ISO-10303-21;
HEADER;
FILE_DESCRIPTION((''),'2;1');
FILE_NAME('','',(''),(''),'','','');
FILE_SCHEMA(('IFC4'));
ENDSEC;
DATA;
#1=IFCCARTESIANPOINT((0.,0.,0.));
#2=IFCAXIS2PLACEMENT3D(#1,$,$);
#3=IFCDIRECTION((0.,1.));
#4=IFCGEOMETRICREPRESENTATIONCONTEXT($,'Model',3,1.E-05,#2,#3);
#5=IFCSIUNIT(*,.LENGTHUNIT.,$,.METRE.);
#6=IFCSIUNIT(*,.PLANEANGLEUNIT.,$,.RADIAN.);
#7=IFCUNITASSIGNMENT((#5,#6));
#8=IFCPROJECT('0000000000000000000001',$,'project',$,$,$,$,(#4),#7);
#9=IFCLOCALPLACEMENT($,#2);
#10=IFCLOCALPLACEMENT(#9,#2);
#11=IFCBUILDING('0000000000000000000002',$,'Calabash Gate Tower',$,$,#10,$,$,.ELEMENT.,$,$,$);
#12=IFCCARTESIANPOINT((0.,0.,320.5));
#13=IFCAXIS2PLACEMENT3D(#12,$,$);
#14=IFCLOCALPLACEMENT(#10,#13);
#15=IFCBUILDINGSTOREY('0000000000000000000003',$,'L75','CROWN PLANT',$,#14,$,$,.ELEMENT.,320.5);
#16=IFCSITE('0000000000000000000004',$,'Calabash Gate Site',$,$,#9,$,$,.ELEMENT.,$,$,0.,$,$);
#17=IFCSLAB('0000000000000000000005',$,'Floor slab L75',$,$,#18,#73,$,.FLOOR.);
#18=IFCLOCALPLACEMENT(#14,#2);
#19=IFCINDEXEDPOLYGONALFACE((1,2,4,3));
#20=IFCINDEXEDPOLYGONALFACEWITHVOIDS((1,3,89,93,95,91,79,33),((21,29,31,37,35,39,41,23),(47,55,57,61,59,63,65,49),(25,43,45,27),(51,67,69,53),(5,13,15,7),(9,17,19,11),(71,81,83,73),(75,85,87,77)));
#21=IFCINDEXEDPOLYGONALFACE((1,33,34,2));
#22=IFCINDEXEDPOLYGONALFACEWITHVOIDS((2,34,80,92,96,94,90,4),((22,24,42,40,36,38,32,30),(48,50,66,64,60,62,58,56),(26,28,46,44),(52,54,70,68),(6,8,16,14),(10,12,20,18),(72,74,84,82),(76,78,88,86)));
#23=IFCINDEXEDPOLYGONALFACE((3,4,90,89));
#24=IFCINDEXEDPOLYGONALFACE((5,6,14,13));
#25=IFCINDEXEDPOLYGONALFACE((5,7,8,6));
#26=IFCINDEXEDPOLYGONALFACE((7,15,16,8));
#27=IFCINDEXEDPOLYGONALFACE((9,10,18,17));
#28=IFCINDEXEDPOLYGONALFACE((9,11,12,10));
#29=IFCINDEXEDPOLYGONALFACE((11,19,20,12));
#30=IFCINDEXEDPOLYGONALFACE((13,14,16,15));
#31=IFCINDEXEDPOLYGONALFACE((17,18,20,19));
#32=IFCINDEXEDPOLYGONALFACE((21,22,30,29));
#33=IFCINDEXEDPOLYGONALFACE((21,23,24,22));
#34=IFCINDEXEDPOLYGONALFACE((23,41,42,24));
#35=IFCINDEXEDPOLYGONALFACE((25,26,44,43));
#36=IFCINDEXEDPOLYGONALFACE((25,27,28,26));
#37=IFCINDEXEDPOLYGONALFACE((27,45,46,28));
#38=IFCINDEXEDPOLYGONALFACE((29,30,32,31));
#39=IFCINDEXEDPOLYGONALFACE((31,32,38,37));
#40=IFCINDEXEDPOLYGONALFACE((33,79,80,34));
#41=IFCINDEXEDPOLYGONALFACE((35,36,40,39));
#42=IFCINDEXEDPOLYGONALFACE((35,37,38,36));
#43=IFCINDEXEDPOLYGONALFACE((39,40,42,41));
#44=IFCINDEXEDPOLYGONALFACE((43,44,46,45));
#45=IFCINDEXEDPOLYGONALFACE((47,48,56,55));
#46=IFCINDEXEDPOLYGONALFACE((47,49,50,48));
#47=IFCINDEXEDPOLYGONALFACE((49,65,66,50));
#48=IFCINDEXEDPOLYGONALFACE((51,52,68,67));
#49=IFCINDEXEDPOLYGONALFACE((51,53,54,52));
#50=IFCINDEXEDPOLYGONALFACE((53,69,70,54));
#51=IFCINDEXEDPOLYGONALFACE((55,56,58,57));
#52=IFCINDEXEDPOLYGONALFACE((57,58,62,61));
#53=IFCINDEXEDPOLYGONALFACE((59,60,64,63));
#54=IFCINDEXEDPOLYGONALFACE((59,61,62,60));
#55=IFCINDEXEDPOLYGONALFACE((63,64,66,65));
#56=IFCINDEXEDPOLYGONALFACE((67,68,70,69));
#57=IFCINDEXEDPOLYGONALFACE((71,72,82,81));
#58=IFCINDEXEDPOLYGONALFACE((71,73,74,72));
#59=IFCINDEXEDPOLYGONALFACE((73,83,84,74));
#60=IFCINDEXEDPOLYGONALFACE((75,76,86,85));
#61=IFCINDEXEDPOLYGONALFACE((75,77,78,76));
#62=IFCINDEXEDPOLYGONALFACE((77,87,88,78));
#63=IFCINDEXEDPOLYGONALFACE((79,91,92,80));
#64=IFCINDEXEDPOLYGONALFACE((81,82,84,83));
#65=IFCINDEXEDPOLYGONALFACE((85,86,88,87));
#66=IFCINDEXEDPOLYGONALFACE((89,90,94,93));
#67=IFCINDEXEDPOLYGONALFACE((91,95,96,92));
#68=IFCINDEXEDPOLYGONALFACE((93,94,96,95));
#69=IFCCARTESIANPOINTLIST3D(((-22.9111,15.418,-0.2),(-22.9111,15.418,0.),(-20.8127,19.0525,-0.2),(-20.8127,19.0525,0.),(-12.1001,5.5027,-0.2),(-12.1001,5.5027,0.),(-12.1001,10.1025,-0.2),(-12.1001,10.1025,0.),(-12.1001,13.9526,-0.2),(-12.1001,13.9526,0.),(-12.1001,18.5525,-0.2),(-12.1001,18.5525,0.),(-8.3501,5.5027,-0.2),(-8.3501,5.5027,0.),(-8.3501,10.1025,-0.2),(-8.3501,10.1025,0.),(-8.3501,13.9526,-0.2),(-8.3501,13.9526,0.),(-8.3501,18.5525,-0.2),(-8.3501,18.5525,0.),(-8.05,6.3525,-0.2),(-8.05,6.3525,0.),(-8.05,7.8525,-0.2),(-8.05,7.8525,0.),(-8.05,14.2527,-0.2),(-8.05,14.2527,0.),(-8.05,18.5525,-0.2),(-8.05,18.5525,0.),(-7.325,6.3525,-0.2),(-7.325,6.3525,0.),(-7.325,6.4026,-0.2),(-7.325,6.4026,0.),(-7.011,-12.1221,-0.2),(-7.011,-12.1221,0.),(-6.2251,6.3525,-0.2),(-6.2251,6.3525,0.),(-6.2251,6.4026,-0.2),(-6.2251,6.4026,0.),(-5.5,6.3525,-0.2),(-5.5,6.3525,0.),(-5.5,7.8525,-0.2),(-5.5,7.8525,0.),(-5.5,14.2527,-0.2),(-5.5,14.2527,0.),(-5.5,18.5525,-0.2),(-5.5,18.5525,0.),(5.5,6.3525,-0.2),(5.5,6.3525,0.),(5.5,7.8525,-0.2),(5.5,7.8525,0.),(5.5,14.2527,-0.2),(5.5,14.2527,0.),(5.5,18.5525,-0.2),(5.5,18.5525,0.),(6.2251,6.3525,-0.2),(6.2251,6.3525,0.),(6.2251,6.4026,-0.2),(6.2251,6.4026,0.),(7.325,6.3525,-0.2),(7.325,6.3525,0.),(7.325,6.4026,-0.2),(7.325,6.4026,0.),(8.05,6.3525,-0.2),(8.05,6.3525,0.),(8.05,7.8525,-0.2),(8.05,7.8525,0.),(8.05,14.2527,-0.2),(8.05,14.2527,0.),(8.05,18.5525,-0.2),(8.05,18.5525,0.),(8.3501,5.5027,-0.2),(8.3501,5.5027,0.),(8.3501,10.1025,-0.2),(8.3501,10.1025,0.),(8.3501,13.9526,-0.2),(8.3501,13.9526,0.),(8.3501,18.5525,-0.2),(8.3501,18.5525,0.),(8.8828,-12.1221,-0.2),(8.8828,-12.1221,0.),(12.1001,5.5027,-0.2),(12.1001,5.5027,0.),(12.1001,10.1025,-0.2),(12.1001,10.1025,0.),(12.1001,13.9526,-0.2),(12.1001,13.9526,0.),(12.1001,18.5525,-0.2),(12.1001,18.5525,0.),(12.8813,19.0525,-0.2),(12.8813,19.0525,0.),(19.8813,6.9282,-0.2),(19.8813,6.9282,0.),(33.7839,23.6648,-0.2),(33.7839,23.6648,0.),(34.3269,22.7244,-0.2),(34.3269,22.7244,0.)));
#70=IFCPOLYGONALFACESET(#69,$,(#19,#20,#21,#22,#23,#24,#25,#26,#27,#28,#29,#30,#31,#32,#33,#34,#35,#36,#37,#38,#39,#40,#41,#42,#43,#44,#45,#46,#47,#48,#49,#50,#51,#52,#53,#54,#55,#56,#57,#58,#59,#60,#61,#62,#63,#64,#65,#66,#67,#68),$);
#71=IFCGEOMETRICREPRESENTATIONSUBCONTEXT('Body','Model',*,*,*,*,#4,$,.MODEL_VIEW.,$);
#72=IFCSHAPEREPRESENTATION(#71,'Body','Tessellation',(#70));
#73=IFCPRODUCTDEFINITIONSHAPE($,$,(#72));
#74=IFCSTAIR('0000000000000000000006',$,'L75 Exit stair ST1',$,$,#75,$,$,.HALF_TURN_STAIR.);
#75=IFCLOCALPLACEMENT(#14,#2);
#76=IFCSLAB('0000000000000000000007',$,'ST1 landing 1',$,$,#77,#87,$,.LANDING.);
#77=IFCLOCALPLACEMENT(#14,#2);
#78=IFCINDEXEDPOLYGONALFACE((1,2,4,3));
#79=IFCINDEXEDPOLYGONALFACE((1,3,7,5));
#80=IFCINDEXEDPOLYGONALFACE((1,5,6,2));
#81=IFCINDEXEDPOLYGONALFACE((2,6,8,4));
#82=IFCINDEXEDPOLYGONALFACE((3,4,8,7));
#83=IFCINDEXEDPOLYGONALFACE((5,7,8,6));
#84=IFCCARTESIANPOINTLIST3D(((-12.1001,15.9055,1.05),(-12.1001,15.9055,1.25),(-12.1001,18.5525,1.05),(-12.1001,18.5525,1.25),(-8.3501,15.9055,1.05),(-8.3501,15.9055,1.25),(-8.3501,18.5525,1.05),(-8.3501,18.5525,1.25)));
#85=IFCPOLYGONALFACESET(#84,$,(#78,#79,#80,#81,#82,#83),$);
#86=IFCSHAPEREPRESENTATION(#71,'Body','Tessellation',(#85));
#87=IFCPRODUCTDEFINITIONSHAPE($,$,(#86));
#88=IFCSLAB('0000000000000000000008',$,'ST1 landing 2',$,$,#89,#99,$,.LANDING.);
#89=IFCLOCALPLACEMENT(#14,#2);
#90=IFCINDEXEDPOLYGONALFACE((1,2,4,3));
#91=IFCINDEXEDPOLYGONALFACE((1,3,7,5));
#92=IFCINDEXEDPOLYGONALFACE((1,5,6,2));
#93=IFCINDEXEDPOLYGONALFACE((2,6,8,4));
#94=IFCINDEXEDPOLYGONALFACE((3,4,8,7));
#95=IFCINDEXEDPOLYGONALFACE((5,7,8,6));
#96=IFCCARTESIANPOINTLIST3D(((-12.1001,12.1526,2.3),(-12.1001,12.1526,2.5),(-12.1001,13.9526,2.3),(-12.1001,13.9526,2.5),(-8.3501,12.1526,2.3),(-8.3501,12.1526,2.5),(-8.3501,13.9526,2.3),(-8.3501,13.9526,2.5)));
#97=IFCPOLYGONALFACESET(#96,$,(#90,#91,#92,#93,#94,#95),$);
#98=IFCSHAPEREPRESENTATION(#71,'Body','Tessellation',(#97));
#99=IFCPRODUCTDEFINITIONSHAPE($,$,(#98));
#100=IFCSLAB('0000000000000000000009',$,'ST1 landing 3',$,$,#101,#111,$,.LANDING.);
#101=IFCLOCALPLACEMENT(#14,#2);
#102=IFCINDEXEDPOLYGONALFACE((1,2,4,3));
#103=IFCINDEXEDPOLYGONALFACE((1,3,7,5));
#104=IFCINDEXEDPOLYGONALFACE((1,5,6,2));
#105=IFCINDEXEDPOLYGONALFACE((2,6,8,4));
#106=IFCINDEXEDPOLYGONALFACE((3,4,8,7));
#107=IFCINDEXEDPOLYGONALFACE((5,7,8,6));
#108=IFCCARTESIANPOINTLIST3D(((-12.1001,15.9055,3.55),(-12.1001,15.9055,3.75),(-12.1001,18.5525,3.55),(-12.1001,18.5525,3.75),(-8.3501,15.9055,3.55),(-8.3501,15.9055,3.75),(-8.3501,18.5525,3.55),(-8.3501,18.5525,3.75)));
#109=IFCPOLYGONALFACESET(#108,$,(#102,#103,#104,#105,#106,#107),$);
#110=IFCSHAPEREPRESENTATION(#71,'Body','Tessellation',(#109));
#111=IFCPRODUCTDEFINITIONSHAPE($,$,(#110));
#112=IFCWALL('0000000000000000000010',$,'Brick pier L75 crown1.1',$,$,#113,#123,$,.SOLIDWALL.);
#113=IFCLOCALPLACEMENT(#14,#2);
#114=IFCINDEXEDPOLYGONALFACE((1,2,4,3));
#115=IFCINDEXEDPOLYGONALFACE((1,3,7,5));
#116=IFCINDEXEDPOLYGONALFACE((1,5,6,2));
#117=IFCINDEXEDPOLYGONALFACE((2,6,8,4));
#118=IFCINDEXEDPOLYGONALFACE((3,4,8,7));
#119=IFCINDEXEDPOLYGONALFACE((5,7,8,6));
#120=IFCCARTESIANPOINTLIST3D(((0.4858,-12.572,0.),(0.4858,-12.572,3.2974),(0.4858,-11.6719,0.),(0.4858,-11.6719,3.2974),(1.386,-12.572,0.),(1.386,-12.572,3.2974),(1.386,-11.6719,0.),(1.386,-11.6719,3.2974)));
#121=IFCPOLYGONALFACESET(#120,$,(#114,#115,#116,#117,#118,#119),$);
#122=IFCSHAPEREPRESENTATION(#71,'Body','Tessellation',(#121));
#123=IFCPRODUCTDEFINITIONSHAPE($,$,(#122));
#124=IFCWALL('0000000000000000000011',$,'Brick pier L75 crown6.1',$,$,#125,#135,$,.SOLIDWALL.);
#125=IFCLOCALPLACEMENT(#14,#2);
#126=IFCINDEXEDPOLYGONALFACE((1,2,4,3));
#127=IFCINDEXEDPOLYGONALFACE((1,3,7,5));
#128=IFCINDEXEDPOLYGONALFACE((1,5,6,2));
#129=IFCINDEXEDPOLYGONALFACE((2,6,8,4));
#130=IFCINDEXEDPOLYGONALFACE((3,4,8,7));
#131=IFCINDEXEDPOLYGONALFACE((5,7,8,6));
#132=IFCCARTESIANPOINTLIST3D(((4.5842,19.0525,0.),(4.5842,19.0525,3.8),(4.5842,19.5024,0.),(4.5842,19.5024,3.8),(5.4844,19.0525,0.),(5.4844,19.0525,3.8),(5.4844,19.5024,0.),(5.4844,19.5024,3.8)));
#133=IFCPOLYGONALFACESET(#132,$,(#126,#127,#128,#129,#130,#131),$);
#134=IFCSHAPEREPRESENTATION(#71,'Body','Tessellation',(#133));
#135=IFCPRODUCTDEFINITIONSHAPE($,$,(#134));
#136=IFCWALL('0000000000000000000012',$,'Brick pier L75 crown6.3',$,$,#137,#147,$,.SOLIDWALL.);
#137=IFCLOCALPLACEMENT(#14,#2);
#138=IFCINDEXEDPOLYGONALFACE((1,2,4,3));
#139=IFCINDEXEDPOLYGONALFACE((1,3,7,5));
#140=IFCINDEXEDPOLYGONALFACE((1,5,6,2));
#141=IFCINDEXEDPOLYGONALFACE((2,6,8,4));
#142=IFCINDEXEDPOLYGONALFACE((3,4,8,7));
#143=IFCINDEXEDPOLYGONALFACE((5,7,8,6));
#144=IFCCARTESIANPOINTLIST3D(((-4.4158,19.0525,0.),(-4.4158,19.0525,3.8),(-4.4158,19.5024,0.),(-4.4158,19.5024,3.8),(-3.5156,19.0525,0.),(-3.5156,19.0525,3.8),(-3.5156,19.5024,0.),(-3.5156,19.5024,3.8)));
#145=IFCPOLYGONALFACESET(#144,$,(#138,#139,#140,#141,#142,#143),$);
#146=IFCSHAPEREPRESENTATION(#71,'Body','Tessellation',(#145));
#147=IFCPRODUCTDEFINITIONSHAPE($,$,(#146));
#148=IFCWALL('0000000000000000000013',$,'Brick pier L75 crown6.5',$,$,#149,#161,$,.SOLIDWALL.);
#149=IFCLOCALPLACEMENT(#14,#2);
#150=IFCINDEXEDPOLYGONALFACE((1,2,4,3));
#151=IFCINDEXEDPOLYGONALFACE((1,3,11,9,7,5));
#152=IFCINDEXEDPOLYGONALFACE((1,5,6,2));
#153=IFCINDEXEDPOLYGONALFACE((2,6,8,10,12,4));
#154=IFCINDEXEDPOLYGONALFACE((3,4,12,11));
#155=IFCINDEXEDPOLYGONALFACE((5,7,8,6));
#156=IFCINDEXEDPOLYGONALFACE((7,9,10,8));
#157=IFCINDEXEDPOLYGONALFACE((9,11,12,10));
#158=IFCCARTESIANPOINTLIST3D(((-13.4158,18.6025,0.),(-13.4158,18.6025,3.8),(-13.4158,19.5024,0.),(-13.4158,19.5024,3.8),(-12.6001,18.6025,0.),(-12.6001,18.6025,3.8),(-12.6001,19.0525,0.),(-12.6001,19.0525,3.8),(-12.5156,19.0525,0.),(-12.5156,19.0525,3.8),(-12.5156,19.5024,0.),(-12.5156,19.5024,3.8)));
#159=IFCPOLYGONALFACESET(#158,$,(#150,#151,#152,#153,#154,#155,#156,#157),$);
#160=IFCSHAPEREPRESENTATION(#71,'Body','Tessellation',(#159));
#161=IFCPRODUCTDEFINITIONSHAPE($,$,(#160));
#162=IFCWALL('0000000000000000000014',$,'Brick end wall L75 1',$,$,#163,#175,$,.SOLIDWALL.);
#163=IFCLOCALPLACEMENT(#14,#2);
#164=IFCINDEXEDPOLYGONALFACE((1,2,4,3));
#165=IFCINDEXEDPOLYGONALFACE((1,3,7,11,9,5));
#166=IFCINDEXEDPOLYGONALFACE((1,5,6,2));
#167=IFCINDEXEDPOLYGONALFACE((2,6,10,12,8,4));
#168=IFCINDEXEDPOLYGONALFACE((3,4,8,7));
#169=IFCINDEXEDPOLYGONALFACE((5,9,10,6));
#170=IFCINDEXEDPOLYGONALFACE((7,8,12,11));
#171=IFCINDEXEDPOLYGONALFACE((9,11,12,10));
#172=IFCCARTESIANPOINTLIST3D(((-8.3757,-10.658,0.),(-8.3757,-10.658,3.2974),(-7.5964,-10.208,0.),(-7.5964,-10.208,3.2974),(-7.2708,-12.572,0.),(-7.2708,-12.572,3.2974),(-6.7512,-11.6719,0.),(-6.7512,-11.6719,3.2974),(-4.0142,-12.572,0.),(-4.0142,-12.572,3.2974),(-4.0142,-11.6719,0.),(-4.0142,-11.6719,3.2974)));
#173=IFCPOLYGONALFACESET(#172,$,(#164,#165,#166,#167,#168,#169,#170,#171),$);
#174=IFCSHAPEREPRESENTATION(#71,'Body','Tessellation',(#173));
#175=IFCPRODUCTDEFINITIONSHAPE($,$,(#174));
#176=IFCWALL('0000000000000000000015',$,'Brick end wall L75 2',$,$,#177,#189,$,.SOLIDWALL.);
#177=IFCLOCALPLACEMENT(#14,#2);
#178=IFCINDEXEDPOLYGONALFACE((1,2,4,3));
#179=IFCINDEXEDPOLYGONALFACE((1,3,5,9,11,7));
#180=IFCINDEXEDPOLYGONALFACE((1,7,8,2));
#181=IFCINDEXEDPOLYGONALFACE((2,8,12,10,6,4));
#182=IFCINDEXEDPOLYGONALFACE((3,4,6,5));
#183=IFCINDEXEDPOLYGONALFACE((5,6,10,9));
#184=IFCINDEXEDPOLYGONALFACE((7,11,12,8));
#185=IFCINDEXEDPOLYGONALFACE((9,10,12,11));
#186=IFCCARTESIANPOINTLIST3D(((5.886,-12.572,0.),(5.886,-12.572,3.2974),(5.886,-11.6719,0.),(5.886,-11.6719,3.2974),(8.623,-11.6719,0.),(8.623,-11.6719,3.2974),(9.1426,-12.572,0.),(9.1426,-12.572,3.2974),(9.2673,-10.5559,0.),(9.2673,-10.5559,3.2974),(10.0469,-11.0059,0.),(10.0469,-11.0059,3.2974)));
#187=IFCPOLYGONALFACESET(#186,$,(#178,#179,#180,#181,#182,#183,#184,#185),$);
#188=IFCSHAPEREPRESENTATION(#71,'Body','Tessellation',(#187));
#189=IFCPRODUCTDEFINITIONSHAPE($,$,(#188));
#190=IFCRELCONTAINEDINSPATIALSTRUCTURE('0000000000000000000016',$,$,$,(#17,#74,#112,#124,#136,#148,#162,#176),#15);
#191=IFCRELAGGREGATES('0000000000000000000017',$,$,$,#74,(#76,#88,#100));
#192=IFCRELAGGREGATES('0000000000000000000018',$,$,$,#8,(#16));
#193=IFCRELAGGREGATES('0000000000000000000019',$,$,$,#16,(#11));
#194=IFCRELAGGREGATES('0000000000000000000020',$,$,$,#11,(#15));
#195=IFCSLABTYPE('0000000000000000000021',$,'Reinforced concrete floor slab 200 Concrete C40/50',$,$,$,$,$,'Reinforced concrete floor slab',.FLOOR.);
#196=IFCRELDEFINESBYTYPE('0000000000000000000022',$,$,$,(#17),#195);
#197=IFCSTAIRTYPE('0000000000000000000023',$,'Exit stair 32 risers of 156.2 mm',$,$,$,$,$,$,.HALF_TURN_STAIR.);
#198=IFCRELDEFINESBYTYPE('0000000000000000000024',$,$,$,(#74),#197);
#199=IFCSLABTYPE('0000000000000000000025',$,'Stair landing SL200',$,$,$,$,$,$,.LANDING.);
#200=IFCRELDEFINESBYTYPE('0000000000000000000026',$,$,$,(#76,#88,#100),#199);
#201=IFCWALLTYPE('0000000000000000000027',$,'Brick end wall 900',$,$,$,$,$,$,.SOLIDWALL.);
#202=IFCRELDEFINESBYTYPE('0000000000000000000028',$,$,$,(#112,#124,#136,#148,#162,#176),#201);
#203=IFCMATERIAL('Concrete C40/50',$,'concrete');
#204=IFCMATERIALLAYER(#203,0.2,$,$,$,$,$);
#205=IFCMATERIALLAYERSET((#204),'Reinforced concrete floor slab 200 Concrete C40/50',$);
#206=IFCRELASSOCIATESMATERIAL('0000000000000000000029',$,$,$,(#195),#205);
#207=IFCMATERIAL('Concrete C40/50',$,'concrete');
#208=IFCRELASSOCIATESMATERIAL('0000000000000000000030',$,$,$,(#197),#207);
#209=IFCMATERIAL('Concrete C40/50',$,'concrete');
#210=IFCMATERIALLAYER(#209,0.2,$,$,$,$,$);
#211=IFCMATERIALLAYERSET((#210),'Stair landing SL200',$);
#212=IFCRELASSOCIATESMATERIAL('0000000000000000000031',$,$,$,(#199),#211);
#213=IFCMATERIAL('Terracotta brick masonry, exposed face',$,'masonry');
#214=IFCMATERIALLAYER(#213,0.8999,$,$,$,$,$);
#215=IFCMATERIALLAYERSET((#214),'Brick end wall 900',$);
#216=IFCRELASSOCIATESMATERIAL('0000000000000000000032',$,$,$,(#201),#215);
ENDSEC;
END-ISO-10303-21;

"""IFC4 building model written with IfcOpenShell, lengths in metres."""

from ifc_helpers import new_model, si_unit, direction, frame, origin, place, context, subcontext, project, spatial, polyline, outline, extrude, material, layer, layer_set, type_object, element, aggregate, save


model = new_model("IFC4")

# Units and contexts
model_context = context("Model", 3, precision=1e-05, world=origin(), true_north=direction((0.0, 1.0)))
body_context = subcontext(model_context, "Body", "Model", "MODEL_VIEW")
ifc_project = project(units=[si_unit("LENGTHUNIT", "METRE"), si_unit("PLANEANGLEUNIT", "RADIAN")], contexts=[model_context])

# Site, building, storey
site_placement = place(None, origin())
site = spatial("IfcSite", under=ifc_project, at=site_placement, Name="Calabash Gate Site", CompositionType="ELEMENT", RefElevation=0.0)
building_placement = place(site_placement, origin())
building = spatial("IfcBuilding", under=site, at=building_placement, Name="Calabash Gate Tower", CompositionType="ELEMENT")
storey_placement = place(building_placement, frame((0.0, 0.0, 320.5)))
storey = spatial("IfcBuildingStorey", under=building, at=storey_placement, Name="L75", Description="CROWN PLANT", CompositionType="ELEMENT", Elevation=320.5)

# Slab
ifc_material_1 = material(Name="Concrete C40/50", Category="concrete")
ifc_layer_1 = layer(ifc_material_1, 0.2)
ifc_layer_set_1 = layer_set([ifc_layer_1], Name="Reinforced concrete floor slab 200 Concrete C40/50")
slab_type_1 = type_object("IfcSlabType", Name="Reinforced concrete floor slab 200 Concrete C40/50", ElementType="Reinforced concrete floor slab", PredefinedType="FLOOR", material=ifc_layer_set_1)
slab_1_placement = place(storey_placement, frame((0.0, 0.0, -0.2)))
element("IfcSlab", 1, at=slab_1_placement, inside=storey, type_object=slab_type_1, Name="Floor slab L75", PredefinedType="FLOOR", context=body_context, shape_type="SweptSolid", body=[
    extrude(outline(polyline([(-22.9111, 15.418), (-20.8127, 19.0525), (12.8813, 19.0525), (33.7839, 23.6648), (34.3269, 22.7244), (19.8813, 6.9282), (8.8828, -12.1221), (-7.011, -12.1221), (-22.9111, 15.418)]), holes=[polyline([(-8.05, 18.5525), (-8.05, 14.2527), (-5.5, 14.2527), (-5.5, 18.5525), (-8.05, 18.5525)]), polyline([(8.05, 18.5525), (5.5, 18.5525), (5.5, 14.2527), (8.05, 14.2527), (8.05, 18.5525)]), polyline([(-8.3501, 18.5525), (-12.1001, 18.5525), (-12.1001, 13.9526), (-8.3501, 13.9526), (-8.3501, 18.5525)]), polyline([(-12.1001, 10.1025), (-12.1001, 5.5027), (-8.3501, 5.5027), (-8.3501, 10.1025), (-12.1001, 10.1025)]), polyline([(8.3501, 13.9526), (12.1001, 13.9526), (12.1001, 18.5525), (8.3501, 18.5525), (8.3501, 13.9526)]), polyline([(12.1001, 5.5027), (12.1001, 10.1025), (8.3501, 10.1025), (8.3501, 5.5027), (12.1001, 5.5027)]), polyline([(-7.325, 6.3525), (-7.325, 6.4026), (-6.2251, 6.4026), (-6.2251, 6.3525), (-5.5, 6.3525), (-5.5, 7.8525), (-8.05, 7.8525), (-8.05, 6.3525), (-7.325, 6.3525)]), polyline([(5.5, 6.3525), (6.2251, 6.3525), (6.2251, 6.4026), (7.325, 6.4026), (7.325, 6.3525), (8.05, 6.3525), (8.05, 7.8525), (5.5, 7.8525), (5.5, 6.3525)])]), origin(), (0.0, 0.0, 1.0), 0.2),
])

# Stair, slabs
ifc_material_2 = material(Name="Concrete C40/50", Category="concrete")
stair_type = type_object("IfcStairType", Name="Exit stair 32 risers of 156.2 mm", PredefinedType="HALF_TURN_STAIR", material=ifc_material_2)
stair_placement = place(storey_placement, origin())
stair = element("IfcStair", 2, at=stair_placement, inside=storey, type_object=stair_type, Name="L75 Exit stair ST1", PredefinedType="HALF_TURN_STAIR")
ifc_material_3 = material(Name="Concrete C40/50", Category="concrete")
ifc_layer_2 = layer(ifc_material_3, 0.2)
ifc_layer_set_2 = layer_set([ifc_layer_2], Name="Stair landing SL200")
slab_type_2 = type_object("IfcSlabType", Name="Stair landing SL200", PredefinedType="LANDING", material=ifc_layer_set_2)
slab_2_placement = place(storey_placement, frame((0.0, 0.0, 1.05)))
slab_2 = element("IfcSlab", 3, at=slab_2_placement, type_object=slab_type_2, Name="ST1 landing 1", PredefinedType="LANDING", context=body_context, shape_type="SweptSolid", body=[
    extrude(outline(polyline([(-8.3501, 15.9055), (-8.3501, 18.5525), (-12.1001, 18.5525), (-12.1001, 15.9055), (-8.3501, 15.9055)])), origin(), (0.0, 0.0, 1.0), 0.2),
])
slab_3_placement = place(storey_placement, frame((0.0, 0.0, 2.3)))
slab_3 = element("IfcSlab", 4, at=slab_3_placement, type_object=slab_type_2, Name="ST1 landing 2", PredefinedType="LANDING", context=body_context, shape_type="SweptSolid", body=[
    extrude(outline(polyline([(-8.3501, 12.1526), (-8.3501, 13.9526), (-12.1001, 13.9526), (-12.1001, 12.1526), (-8.3501, 12.1526)])), origin(), (0.0, 0.0, 1.0), 0.2),
])
slab_4_placement = place(storey_placement, frame((0.0, 0.0, 3.55)))
slab_4 = element("IfcSlab", 5, at=slab_4_placement, type_object=slab_type_2, Name="ST1 landing 3", PredefinedType="LANDING", context=body_context, shape_type="SweptSolid", body=[
    extrude(outline(polyline([(-8.3501, 15.9055), (-8.3501, 18.5525), (-12.1001, 18.5525), (-12.1001, 15.9055), (-8.3501, 15.9055)])), origin(), (0.0, 0.0, 1.0), 0.2),
])
aggregate(stair, [slab_2, slab_3, slab_4])

# Walls
ifc_material_4 = material(Name="Terracotta brick masonry, exposed face", Category="masonry")
ifc_layer_3 = layer(ifc_material_4, 0.8999)
ifc_layer_set_3 = layer_set([ifc_layer_3], Name="Brick end wall 900")
wall_type_1 = type_object("IfcWallType", Name="Brick end wall 900", PredefinedType="SOLIDWALL", material=ifc_layer_set_3)
wall_1_placement = place(storey_placement, origin())
element("IfcWall", 6, at=wall_1_placement, inside=storey, type_object=wall_type_1, Name="Brick pier L75 crown1.1", PredefinedType="SOLIDWALL", context=body_context, shape_type="SweptSolid", body=[
    extrude(outline(polyline([(1.386, -11.6719), (0.4858, -11.6719), (0.4858, -12.572), (1.386, -12.572), (1.386, -11.6719)])), origin(), (0.0, 0.0, 1.0), 3.2974),
])
wall_2_placement = place(storey_placement, origin())
element("IfcWall", 7, at=wall_2_placement, inside=storey, type_object=wall_type_1, Name="Brick pier L75 crown6.1", PredefinedType="SOLIDWALL", context=body_context, shape_type="SweptSolid", body=[
    extrude(outline(polyline([(4.5842, 19.5024), (4.5842, 19.0525), (5.4844, 19.0525), (5.4844, 19.5024), (4.5842, 19.5024)])), origin(), (0.0, 0.0, 1.0), 3.8),
])
wall_3_placement = place(storey_placement, origin())
element("IfcWall", 8, at=wall_3_placement, inside=storey, type_object=wall_type_1, Name="Brick pier L75 crown6.3", PredefinedType="SOLIDWALL", context=body_context, shape_type="SweptSolid", body=[
    extrude(outline(polyline([(-4.4158, 19.5024), (-4.4158, 19.0525), (-3.5156, 19.0525), (-3.5156, 19.5024), (-4.4158, 19.5024)])), origin(), (0.0, 0.0, 1.0), 3.8),
])
wall_4_placement = place(storey_placement, origin())
element("IfcWall", 9, at=wall_4_placement, inside=storey, type_object=wall_type_1, Name="Brick pier L75 crown6.5", PredefinedType="SOLIDWALL", context=body_context, shape_type="SweptSolid", body=[
    extrude(outline(polyline([(-13.4158, 19.5024), (-13.4158, 18.6025), (-12.6001, 18.6025), (-12.6001, 19.0525), (-12.5156, 19.0525), (-12.5156, 19.5024), (-13.4158, 19.5024)])), origin(), (0.0, 0.0, 1.0), 3.8),
])
wall_5_placement = place(storey_placement, origin())
element("IfcWall", 10, at=wall_5_placement, inside=storey, type_object=wall_type_1, Name="Brick end wall L75 1", PredefinedType="SOLIDWALL", context=body_context, shape_type="SweptSolid", body=[
    extrude(outline(polyline([(-7.5964, -10.208), (-8.3757, -10.658), (-7.2708, -12.572), (-4.0142, -12.572), (-4.0142, -11.6719), (-6.7512, -11.6719), (-7.5964, -10.208)])), origin(), (0.0, 0.0, 1.0), 3.2974),
])
wall_6_placement = place(storey_placement, origin())
element("IfcWall", 11, at=wall_6_placement, inside=storey, type_object=wall_type_1, Name="Brick end wall L75 2", PredefinedType="SOLIDWALL", context=body_context, shape_type="SweptSolid", body=[
    extrude(outline(polyline([(5.886, -11.6719), (5.886, -12.572), (9.1426, -12.572), (10.0469, -11.0059), (9.2673, -10.5559), (8.623, -11.6719), (5.886, -11.6719)])), origin(), (0.0, 0.0, 1.0), 3.2974),
])

save(model, "model.ifc")
